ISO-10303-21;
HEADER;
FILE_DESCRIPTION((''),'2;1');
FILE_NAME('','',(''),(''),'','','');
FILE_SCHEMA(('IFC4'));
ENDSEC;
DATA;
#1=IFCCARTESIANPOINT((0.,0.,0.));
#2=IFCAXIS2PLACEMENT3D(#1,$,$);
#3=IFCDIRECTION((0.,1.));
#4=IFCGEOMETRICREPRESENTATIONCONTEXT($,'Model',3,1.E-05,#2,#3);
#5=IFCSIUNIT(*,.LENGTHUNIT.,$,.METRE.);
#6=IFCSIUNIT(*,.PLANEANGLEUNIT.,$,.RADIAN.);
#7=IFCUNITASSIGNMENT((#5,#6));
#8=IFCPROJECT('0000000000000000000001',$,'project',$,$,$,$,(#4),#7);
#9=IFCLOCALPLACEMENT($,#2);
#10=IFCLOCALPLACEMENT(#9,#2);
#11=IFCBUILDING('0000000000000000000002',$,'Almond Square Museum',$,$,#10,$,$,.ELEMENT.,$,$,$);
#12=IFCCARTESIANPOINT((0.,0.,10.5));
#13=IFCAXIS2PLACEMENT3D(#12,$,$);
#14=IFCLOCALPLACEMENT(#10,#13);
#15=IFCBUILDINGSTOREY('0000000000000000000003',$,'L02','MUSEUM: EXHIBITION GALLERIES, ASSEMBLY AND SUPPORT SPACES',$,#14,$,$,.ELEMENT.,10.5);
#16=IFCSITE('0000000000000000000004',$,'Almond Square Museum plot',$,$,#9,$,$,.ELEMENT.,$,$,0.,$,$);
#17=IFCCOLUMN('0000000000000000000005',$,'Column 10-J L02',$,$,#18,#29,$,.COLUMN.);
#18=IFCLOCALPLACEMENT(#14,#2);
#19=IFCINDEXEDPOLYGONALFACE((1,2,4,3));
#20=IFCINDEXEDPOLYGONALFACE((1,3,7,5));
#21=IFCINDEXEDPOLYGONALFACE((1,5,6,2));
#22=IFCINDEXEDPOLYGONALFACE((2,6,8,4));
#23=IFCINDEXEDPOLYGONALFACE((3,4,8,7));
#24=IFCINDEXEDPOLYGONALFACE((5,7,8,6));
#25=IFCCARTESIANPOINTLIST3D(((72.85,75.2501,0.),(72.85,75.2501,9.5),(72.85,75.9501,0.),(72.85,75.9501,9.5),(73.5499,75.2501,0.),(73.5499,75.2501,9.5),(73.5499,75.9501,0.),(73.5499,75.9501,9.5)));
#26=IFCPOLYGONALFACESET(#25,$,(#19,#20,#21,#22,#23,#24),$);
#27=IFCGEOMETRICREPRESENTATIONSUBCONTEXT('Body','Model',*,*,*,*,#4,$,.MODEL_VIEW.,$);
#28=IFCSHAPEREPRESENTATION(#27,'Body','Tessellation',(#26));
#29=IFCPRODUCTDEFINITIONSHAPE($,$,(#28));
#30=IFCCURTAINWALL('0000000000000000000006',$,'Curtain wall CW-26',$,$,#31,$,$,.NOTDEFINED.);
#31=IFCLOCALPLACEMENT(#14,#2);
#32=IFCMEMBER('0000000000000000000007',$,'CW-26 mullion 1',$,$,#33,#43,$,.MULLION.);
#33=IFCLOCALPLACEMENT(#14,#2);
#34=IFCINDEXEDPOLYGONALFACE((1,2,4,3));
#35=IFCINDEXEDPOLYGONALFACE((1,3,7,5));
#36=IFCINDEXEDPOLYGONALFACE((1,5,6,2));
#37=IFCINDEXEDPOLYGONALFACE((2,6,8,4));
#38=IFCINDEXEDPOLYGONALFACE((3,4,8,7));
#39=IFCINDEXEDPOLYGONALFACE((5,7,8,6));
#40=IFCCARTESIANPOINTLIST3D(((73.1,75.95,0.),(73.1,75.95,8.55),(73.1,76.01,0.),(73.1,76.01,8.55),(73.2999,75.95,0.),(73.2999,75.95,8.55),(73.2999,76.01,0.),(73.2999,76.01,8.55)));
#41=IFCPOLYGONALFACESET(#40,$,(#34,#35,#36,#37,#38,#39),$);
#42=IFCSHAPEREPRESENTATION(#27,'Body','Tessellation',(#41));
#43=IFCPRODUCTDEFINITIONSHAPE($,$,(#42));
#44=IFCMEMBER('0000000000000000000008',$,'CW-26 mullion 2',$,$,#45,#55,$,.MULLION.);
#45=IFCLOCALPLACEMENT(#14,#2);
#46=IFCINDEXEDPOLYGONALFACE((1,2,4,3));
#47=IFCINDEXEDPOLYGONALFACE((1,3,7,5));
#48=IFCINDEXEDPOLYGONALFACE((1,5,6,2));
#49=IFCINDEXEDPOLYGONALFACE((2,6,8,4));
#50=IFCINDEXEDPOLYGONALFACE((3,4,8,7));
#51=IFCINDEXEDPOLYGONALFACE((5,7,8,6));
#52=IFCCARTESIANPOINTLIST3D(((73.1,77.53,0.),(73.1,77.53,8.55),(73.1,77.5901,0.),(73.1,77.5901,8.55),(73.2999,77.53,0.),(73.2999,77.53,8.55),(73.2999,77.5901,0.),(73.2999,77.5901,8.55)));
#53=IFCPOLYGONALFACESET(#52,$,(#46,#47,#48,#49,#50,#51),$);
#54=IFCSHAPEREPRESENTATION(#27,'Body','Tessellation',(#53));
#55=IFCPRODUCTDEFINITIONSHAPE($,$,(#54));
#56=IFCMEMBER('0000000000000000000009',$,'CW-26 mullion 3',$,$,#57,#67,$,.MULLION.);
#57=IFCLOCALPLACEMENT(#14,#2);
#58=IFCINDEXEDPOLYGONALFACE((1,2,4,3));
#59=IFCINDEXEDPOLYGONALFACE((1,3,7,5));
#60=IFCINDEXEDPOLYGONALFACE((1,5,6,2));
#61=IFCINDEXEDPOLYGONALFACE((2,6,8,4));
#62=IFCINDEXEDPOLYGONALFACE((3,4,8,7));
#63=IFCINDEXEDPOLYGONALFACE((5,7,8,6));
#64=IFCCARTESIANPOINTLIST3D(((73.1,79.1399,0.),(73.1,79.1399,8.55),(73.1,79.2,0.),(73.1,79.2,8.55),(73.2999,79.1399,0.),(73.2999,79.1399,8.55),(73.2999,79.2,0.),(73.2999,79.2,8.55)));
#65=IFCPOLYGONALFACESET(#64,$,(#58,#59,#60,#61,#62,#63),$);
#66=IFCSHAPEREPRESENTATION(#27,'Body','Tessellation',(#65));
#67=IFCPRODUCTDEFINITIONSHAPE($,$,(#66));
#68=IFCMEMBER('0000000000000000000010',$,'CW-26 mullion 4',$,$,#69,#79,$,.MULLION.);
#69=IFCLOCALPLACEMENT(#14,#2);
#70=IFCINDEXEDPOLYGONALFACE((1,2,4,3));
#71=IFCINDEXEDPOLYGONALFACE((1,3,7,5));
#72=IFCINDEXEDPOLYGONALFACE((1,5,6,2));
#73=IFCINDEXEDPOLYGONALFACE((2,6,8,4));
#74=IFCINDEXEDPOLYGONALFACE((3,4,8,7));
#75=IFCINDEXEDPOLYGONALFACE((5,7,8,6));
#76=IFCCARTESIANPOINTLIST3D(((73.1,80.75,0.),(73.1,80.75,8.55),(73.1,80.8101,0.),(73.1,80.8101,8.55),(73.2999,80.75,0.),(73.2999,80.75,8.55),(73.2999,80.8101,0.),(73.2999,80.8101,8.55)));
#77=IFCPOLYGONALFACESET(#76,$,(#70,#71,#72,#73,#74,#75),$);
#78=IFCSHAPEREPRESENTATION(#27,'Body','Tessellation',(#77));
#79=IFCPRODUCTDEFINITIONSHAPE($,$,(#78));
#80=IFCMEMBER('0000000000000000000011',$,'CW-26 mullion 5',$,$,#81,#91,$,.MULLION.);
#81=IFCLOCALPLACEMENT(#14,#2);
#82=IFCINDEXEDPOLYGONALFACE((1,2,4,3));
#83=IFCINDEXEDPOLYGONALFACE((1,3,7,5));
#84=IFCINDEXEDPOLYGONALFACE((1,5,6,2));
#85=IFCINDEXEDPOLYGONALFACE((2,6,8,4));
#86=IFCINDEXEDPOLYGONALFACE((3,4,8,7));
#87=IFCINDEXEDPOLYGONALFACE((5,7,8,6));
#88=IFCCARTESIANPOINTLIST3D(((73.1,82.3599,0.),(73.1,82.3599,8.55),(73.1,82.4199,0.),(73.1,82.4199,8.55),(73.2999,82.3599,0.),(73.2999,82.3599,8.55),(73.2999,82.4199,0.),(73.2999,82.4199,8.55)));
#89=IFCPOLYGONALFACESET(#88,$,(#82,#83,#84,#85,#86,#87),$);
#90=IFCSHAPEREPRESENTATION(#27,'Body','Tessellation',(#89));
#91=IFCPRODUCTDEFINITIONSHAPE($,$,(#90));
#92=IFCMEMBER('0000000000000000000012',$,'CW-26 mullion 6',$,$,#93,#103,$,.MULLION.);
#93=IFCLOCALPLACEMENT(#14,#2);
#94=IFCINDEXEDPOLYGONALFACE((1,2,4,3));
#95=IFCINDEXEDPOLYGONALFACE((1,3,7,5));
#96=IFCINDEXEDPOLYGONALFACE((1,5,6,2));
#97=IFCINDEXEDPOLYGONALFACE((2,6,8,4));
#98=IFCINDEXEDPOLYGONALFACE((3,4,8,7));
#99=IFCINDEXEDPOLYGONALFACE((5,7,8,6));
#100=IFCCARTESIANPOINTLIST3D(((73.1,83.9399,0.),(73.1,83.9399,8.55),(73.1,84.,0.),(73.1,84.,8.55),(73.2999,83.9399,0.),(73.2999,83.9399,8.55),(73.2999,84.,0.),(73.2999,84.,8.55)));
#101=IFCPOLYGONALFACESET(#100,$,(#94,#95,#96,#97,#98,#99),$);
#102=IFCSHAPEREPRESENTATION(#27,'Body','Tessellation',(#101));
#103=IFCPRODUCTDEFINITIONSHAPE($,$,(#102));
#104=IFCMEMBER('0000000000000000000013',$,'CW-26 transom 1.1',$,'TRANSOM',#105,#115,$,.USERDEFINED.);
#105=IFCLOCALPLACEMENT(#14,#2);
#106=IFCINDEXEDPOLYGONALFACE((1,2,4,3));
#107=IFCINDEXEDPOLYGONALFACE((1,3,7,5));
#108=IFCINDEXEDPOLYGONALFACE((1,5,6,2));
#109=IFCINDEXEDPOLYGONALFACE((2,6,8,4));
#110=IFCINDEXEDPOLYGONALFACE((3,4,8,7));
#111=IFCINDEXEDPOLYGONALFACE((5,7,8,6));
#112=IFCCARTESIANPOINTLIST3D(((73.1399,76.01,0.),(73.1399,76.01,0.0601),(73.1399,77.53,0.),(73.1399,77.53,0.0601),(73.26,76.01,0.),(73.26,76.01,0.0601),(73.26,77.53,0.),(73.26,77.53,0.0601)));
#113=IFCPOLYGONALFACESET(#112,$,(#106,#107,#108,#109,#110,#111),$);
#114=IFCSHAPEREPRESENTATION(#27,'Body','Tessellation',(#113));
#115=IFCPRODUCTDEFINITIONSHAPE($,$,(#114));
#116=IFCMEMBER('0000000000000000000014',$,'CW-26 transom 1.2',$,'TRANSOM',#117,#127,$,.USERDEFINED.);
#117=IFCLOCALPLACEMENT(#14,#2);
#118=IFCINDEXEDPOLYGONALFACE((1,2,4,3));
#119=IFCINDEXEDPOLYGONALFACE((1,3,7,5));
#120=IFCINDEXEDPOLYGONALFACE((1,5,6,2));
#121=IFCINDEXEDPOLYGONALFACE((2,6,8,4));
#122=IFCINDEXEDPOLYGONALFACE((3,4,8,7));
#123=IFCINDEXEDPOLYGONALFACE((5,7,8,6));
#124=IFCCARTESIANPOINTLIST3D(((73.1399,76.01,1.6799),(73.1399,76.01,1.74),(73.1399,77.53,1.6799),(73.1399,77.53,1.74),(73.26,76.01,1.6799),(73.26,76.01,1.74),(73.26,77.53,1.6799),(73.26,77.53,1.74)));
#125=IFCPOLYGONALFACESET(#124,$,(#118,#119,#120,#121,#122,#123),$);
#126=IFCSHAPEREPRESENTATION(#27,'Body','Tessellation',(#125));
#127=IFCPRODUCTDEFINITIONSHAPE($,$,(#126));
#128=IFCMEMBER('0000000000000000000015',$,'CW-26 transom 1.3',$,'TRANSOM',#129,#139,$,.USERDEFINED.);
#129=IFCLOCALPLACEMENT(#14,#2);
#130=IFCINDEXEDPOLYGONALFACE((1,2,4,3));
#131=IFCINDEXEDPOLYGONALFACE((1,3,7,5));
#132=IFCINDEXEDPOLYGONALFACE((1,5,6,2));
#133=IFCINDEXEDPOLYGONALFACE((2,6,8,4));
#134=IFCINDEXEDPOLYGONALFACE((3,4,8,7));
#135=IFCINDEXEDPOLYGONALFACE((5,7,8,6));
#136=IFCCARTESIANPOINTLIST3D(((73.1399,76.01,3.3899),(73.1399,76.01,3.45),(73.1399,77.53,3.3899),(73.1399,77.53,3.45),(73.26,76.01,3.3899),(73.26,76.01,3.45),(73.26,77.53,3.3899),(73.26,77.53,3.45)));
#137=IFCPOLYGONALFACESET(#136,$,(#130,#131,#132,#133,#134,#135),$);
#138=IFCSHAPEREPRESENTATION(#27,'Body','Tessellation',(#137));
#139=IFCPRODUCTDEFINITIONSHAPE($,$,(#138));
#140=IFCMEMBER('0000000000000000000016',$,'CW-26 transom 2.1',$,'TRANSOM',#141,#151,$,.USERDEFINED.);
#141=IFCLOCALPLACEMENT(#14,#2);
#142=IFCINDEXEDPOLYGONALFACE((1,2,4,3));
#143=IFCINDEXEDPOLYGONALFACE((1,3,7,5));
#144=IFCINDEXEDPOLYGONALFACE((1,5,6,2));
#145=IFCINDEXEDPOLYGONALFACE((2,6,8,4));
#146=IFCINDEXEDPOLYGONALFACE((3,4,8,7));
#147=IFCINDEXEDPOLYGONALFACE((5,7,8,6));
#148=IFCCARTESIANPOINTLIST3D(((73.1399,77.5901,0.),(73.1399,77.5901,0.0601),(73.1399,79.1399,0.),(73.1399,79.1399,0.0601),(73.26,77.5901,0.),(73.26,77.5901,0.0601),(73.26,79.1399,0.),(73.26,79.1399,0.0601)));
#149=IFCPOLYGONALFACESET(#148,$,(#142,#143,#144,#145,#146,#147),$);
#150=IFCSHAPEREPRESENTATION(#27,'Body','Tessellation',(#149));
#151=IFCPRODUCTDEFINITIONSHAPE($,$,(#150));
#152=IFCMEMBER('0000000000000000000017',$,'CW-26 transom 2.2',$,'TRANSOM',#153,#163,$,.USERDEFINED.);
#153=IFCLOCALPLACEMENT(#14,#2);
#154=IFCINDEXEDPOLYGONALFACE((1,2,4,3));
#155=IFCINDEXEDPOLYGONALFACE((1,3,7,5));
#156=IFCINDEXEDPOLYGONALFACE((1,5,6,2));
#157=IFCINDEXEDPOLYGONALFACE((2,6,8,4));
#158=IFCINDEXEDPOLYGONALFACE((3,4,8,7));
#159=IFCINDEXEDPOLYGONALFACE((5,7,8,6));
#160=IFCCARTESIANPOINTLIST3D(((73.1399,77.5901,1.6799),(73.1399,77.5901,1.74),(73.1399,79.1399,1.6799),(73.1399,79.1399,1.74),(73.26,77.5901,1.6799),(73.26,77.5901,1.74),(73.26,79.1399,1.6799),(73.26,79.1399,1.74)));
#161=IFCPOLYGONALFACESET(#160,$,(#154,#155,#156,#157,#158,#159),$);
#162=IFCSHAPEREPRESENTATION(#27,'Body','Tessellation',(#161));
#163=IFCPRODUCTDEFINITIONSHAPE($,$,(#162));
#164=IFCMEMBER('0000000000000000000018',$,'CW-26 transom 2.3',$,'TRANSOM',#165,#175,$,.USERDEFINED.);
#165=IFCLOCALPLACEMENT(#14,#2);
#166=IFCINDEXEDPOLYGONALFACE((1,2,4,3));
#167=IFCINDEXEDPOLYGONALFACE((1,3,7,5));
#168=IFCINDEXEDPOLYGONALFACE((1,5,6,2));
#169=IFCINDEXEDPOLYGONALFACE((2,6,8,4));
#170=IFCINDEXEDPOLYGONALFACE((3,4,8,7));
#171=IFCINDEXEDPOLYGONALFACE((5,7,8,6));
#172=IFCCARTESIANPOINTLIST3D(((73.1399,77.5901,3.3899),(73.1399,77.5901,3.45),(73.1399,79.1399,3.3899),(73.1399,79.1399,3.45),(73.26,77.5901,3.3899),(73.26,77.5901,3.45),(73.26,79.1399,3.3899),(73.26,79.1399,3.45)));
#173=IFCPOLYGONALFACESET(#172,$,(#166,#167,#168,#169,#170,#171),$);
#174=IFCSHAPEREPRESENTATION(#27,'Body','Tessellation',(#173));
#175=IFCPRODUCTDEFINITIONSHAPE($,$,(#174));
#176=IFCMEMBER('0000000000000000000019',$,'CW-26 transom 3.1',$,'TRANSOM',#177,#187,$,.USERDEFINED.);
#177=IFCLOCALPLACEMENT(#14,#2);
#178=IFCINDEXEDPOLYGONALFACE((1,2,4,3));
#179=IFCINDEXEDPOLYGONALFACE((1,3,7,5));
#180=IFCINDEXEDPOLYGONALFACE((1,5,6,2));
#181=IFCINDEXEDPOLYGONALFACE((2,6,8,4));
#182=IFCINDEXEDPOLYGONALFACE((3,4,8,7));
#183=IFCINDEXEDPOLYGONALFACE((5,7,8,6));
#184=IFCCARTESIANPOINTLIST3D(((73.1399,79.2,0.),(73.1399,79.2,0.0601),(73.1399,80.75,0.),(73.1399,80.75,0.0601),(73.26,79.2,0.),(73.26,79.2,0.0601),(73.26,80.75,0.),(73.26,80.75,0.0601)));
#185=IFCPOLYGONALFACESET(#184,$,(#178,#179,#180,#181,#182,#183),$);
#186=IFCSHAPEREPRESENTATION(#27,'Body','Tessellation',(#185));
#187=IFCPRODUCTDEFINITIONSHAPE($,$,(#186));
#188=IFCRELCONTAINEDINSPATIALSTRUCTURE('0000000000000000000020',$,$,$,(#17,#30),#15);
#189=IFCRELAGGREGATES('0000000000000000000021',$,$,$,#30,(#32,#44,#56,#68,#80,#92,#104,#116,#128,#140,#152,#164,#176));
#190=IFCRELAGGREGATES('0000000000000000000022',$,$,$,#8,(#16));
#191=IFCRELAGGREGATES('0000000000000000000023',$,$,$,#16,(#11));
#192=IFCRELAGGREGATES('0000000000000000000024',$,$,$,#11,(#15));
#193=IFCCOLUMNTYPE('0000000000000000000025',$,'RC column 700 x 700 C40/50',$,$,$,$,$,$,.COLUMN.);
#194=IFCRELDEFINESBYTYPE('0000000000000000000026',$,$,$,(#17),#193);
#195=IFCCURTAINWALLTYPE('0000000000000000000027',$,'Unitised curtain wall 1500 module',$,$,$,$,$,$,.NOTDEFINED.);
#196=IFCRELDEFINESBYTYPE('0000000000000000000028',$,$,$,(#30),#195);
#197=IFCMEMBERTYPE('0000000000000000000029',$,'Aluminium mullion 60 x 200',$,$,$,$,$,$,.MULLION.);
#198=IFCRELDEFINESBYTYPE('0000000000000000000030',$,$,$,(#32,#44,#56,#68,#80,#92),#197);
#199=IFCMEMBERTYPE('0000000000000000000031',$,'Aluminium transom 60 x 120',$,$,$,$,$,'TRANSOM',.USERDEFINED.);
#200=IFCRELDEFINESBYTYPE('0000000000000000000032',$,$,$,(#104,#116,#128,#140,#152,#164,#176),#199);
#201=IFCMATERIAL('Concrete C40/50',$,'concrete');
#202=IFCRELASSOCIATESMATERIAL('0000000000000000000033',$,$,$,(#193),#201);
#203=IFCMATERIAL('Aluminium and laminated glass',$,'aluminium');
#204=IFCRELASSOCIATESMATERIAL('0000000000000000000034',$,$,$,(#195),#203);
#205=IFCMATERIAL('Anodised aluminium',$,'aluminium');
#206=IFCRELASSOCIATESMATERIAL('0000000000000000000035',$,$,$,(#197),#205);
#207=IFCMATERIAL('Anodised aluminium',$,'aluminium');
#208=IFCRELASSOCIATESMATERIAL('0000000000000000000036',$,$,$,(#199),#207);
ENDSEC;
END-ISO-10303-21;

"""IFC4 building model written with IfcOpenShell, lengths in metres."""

from ifc_helpers import new_model, si_unit, direction, frame, origin, origin_2d, place, context, subcontext, project, spatial, rectangle, extrude, material, material_profile, profile_set, type_object, element, aggregate, save


model = new_model("IFC4")

# Units and contexts
model_context = context("Model", 3, precision=1e-05, world=origin(), true_north=direction((0.0, 1.0)))
body_context = subcontext(model_context, "Body", "Model", "MODEL_VIEW")
ifc_project = project(units=[si_unit("LENGTHUNIT", "METRE"), si_unit("PLANEANGLEUNIT", "RADIAN")], contexts=[model_context])

# Site, building, storey
site_placement = place(None, origin())
site = spatial("IfcSite", under=ifc_project, at=site_placement, Name="Almond Square Museum plot", CompositionType="ELEMENT", RefElevation=0.0)
building_placement = place(site_placement, origin())
building = spatial("IfcBuilding", under=site, at=building_placement, Name="Almond Square Museum", CompositionType="ELEMENT")
storey_placement = place(building_placement, frame((0.0, 0.0, 10.5)))
storey = spatial("IfcBuildingStorey", under=building, at=storey_placement, Name="L02", Description="MUSEUM: EXHIBITION GALLERIES, ASSEMBLY AND SUPPORT SPACES", CompositionType="ELEMENT", Elevation=10.5)

# Column
ifc_material_1 = material(Name="Concrete C40/50", Category="concrete")
ifc_material_profile_1 = material_profile(ifc_material_1, rectangle(XDim=0.7, YDim=0.7, at=origin_2d()))
ifc_profile_set_1 = profile_set([ifc_material_profile_1], Name="Concrete C40/50")
column_type = type_object("IfcColumnType", Name="RC column 700 x 700 C40/50", PredefinedType="COLUMN", material=ifc_profile_set_1)
column_placement = place(storey_placement, frame((73.2, 75.6001, 0.0), z_axis=(0.0, 0.0, 1.0), x_axis=(1.0, 0.0, 0.0)))
element("IfcColumn", 1, at=column_placement, inside=storey, type_object=column_type, Name="Column 10-J L02", PredefinedType="COLUMN", context=body_context, shape_type="SweptSolid", body=[
    extrude(rectangle(XDim=0.7, YDim=0.7, at=origin_2d()), origin(), (0.0, 0.0, 1.0), 9.5),
])

# Curtain wall, members
ifc_material_2 = material(Name="Aluminium and laminated glass", Category="aluminium")
curtain_wall_type = type_object("IfcCurtainWallType", Name="Unitised curtain wall 1500 module", PredefinedType="NOTDEFINED", material=ifc_material_2)
curtain_wall_placement = place(storey_placement, origin())
curtain_wall = element("IfcCurtainWall", 2, at=curtain_wall_placement, inside=storey, type_object=curtain_wall_type, Name="Curtain wall CW-26", PredefinedType="NOTDEFINED")
ifc_material_3 = material(Name="Anodised aluminium", Category="aluminium")
ifc_material_profile_2 = material_profile(ifc_material_3, rectangle(XDim=0.2, YDim=0.0601, at=origin_2d()))
ifc_profile_set_2 = profile_set([ifc_material_profile_2], Name="Anodised aluminium")
member_type_1 = type_object("IfcMemberType", Name="Aluminium mullion 60 x 200", PredefinedType="MULLION", material=ifc_profile_set_2)
member_1_placement = place(storey_placement, frame((73.2, 75.98, 0.0), z_axis=(0.0, 0.0, 1.0), x_axis=(-1.0, 0.0, 0.0)))
member_1 = element("IfcMember", 3, at=member_1_placement, type_object=member_type_1, Name="CW-26 mullion 1", PredefinedType="MULLION", context=body_context, shape_type="SweptSolid", body=[
    extrude(rectangle(XDim=0.2, YDim=0.0601, at=origin_2d()), origin(), (0.0, 0.0, 1.0), 8.55),
])
member_2_placement = place(storey_placement, frame((73.2, 77.5601, 0.0), z_axis=(0.0, 0.0, 1.0), x_axis=(-1.0, 0.0, 0.0)))
member_2 = element("IfcMember", 4, at=member_2_placement, type_object=member_type_1, Name="CW-26 mullion 2", PredefinedType="MULLION", context=body_context, shape_type="SweptSolid", body=[
    extrude(rectangle(XDim=0.2, YDim=0.0601, at=origin_2d()), origin(), (0.0, 0.0, 1.0), 8.55),
])
member_3_placement = place(storey_placement, frame((73.2, 79.1699, 0.0), z_axis=(0.0, 0.0, 1.0), x_axis=(-1.0, 0.0, 0.0)))
member_3 = element("IfcMember", 5, at=member_3_placement, type_object=member_type_1, Name="CW-26 mullion 3", PredefinedType="MULLION", context=body_context, shape_type="SweptSolid", body=[
    extrude(rectangle(XDim=0.2, YDim=0.0601, at=origin_2d()), origin(), (0.0, 0.0, 1.0), 8.55),
])
member_4_placement = place(storey_placement, frame((73.2, 80.78, 0.0), z_axis=(0.0, 0.0, 1.0), x_axis=(-1.0, 0.0, 0.0)))
member_4 = element("IfcMember", 6, at=member_4_placement, type_object=member_type_1, Name="CW-26 mullion 4", PredefinedType="MULLION", context=body_context, shape_type="SweptSolid", body=[
    extrude(rectangle(XDim=0.2, YDim=0.0601, at=origin_2d()), origin(), (0.0, 0.0, 1.0), 8.55),
])
member_5_placement = place(storey_placement, frame((73.2, 82.3899, 0.0), z_axis=(0.0, 0.0, 1.0), x_axis=(-1.0, 0.0, 0.0)))
member_5 = element("IfcMember", 7, at=member_5_placement, type_object=member_type_1, Name="CW-26 mullion 5", PredefinedType="MULLION", context=body_context, shape_type="SweptSolid", body=[
    extrude(rectangle(XDim=0.2, YDim=0.0601, at=origin_2d()), origin(), (0.0, 0.0, 1.0), 8.55),
])
member_6_placement = place(storey_placement, frame((73.2, 83.97, 0.0), z_axis=(0.0, 0.0, 1.0), x_axis=(-1.0, 0.0, 0.0)))
member_6 = element("IfcMember", 8, at=member_6_placement, type_object=member_type_1, Name="CW-26 mullion 6", PredefinedType="MULLION", context=body_context, shape_type="SweptSolid", body=[
    extrude(rectangle(XDim=0.2, YDim=0.0601, at=origin_2d()), origin(), (0.0, 0.0, 1.0), 8.55),
])
ifc_material_4 = material(Name="Anodised aluminium", Category="aluminium")
ifc_material_profile_3 = material_profile(ifc_material_4, rectangle(XDim=0.1201, YDim=0.0601, at=origin_2d()))
ifc_profile_set_3 = profile_set([ifc_material_profile_3], Name="Anodised aluminium")
member_type_2 = type_object("IfcMemberType", Name="Aluminium transom 60 x 120", ElementType="TRANSOM", PredefinedType="USERDEFINED", material=ifc_profile_set_3)
member_7_placement = place(storey_placement, frame((73.2, 76.01, 0.03), z_axis=(0.0, 1.0, 0.0), x_axis=(-1.0, 0.0, 0.0)))
member_7 = element("IfcMember", 9, at=member_7_placement, type_object=member_type_2, Name="CW-26 transom 1.1", ObjectType="TRANSOM", PredefinedType="USERDEFINED", context=body_context, shape_type="SweptSolid", body=[
    extrude(rectangle(XDim=0.1201, YDim=0.0601, at=origin_2d()), origin(), (0.0, 0.0, 1.0), 1.52),
])
member_8_placement = place(storey_placement, frame((73.2, 76.01, 1.71), z_axis=(0.0, 1.0, 0.0), x_axis=(-1.0, 0.0, 0.0)))
member_8 = element("IfcMember", 10, at=member_8_placement, type_object=member_type_2, Name="CW-26 transom 1.2", ObjectType="TRANSOM", PredefinedType="USERDEFINED", context=body_context, shape_type="SweptSolid", body=[
    extrude(rectangle(XDim=0.1201, YDim=0.0601, at=origin_2d()), origin(), (0.0, 0.0, 1.0), 1.52),
])
member_9_placement = place(storey_placement, frame((73.2, 76.01, 3.4199), z_axis=(0.0, 1.0, 0.0), x_axis=(-1.0, 0.0, 0.0)))
member_9 = element("IfcMember", 11, at=member_9_placement, type_object=member_type_2, Name="CW-26 transom 1.3", ObjectType="TRANSOM", PredefinedType="USERDEFINED", context=body_context, shape_type="SweptSolid", body=[
    extrude(rectangle(XDim=0.1201, YDim=0.0601, at=origin_2d()), origin(), (0.0, 0.0, 1.0), 1.52),
])
member_10_placement = place(storey_placement, frame((73.2, 77.5901, 0.03), z_axis=(0.0, 1.0, 0.0), x_axis=(-1.0, 0.0, 0.0)))
member_10 = element("IfcMember", 12, at=member_10_placement, type_object=member_type_2, Name="CW-26 transom 2.1", ObjectType="TRANSOM", PredefinedType="USERDEFINED", context=body_context, shape_type="SweptSolid", body=[
    extrude(rectangle(XDim=0.1201, YDim=0.0601, at=origin_2d()), origin(), (0.0, 0.0, 1.0), 1.5498),
])
member_11_placement = place(storey_placement, frame((73.2, 77.5901, 1.71), z_axis=(0.0, 1.0, 0.0), x_axis=(-1.0, 0.0, 0.0)))
member_11 = element("IfcMember", 13, at=member_11_placement, type_object=member_type_2, Name="CW-26 transom 2.2", ObjectType="TRANSOM", PredefinedType="USERDEFINED", context=body_context, shape_type="SweptSolid", body=[
    extrude(rectangle(XDim=0.1201, YDim=0.0601, at=origin_2d()), origin(), (0.0, 0.0, 1.0), 1.5498),
])
member_12_placement = place(storey_placement, frame((73.2, 77.5901, 3.4199), z_axis=(0.0, 1.0, 0.0), x_axis=(-1.0, 0.0, 0.0)))
member_12 = element("IfcMember", 14, at=member_12_placement, type_object=member_type_2, Name="CW-26 transom 2.3", ObjectType="TRANSOM", PredefinedType="USERDEFINED", context=body_context, shape_type="SweptSolid", body=[
    extrude(rectangle(XDim=0.1201, YDim=0.0601, at=origin_2d()), origin(), (0.0, 0.0, 1.0), 1.5498),
])
member_13_placement = place(storey_placement, frame((73.2, 79.2, 0.03), z_axis=(0.0, 1.0, 0.0), x_axis=(-1.0, 0.0, 0.0)))
member_13 = element("IfcMember", 15, at=member_13_placement, type_object=member_type_2, Name="CW-26 transom 3.1", ObjectType="TRANSOM", PredefinedType="USERDEFINED", context=body_context, shape_type="SweptSolid", body=[
    extrude(rectangle(XDim=0.1201, YDim=0.0601, at=origin_2d()), origin(), (0.0, 0.0, 1.0), 1.55),
])

aggregate(curtain_wall, [member_1, member_2, member_3, member_4, member_5, member_6, member_7, member_8, member_9, member_10, member_11, member_12, member_13])

save(model, "model.ifc")
